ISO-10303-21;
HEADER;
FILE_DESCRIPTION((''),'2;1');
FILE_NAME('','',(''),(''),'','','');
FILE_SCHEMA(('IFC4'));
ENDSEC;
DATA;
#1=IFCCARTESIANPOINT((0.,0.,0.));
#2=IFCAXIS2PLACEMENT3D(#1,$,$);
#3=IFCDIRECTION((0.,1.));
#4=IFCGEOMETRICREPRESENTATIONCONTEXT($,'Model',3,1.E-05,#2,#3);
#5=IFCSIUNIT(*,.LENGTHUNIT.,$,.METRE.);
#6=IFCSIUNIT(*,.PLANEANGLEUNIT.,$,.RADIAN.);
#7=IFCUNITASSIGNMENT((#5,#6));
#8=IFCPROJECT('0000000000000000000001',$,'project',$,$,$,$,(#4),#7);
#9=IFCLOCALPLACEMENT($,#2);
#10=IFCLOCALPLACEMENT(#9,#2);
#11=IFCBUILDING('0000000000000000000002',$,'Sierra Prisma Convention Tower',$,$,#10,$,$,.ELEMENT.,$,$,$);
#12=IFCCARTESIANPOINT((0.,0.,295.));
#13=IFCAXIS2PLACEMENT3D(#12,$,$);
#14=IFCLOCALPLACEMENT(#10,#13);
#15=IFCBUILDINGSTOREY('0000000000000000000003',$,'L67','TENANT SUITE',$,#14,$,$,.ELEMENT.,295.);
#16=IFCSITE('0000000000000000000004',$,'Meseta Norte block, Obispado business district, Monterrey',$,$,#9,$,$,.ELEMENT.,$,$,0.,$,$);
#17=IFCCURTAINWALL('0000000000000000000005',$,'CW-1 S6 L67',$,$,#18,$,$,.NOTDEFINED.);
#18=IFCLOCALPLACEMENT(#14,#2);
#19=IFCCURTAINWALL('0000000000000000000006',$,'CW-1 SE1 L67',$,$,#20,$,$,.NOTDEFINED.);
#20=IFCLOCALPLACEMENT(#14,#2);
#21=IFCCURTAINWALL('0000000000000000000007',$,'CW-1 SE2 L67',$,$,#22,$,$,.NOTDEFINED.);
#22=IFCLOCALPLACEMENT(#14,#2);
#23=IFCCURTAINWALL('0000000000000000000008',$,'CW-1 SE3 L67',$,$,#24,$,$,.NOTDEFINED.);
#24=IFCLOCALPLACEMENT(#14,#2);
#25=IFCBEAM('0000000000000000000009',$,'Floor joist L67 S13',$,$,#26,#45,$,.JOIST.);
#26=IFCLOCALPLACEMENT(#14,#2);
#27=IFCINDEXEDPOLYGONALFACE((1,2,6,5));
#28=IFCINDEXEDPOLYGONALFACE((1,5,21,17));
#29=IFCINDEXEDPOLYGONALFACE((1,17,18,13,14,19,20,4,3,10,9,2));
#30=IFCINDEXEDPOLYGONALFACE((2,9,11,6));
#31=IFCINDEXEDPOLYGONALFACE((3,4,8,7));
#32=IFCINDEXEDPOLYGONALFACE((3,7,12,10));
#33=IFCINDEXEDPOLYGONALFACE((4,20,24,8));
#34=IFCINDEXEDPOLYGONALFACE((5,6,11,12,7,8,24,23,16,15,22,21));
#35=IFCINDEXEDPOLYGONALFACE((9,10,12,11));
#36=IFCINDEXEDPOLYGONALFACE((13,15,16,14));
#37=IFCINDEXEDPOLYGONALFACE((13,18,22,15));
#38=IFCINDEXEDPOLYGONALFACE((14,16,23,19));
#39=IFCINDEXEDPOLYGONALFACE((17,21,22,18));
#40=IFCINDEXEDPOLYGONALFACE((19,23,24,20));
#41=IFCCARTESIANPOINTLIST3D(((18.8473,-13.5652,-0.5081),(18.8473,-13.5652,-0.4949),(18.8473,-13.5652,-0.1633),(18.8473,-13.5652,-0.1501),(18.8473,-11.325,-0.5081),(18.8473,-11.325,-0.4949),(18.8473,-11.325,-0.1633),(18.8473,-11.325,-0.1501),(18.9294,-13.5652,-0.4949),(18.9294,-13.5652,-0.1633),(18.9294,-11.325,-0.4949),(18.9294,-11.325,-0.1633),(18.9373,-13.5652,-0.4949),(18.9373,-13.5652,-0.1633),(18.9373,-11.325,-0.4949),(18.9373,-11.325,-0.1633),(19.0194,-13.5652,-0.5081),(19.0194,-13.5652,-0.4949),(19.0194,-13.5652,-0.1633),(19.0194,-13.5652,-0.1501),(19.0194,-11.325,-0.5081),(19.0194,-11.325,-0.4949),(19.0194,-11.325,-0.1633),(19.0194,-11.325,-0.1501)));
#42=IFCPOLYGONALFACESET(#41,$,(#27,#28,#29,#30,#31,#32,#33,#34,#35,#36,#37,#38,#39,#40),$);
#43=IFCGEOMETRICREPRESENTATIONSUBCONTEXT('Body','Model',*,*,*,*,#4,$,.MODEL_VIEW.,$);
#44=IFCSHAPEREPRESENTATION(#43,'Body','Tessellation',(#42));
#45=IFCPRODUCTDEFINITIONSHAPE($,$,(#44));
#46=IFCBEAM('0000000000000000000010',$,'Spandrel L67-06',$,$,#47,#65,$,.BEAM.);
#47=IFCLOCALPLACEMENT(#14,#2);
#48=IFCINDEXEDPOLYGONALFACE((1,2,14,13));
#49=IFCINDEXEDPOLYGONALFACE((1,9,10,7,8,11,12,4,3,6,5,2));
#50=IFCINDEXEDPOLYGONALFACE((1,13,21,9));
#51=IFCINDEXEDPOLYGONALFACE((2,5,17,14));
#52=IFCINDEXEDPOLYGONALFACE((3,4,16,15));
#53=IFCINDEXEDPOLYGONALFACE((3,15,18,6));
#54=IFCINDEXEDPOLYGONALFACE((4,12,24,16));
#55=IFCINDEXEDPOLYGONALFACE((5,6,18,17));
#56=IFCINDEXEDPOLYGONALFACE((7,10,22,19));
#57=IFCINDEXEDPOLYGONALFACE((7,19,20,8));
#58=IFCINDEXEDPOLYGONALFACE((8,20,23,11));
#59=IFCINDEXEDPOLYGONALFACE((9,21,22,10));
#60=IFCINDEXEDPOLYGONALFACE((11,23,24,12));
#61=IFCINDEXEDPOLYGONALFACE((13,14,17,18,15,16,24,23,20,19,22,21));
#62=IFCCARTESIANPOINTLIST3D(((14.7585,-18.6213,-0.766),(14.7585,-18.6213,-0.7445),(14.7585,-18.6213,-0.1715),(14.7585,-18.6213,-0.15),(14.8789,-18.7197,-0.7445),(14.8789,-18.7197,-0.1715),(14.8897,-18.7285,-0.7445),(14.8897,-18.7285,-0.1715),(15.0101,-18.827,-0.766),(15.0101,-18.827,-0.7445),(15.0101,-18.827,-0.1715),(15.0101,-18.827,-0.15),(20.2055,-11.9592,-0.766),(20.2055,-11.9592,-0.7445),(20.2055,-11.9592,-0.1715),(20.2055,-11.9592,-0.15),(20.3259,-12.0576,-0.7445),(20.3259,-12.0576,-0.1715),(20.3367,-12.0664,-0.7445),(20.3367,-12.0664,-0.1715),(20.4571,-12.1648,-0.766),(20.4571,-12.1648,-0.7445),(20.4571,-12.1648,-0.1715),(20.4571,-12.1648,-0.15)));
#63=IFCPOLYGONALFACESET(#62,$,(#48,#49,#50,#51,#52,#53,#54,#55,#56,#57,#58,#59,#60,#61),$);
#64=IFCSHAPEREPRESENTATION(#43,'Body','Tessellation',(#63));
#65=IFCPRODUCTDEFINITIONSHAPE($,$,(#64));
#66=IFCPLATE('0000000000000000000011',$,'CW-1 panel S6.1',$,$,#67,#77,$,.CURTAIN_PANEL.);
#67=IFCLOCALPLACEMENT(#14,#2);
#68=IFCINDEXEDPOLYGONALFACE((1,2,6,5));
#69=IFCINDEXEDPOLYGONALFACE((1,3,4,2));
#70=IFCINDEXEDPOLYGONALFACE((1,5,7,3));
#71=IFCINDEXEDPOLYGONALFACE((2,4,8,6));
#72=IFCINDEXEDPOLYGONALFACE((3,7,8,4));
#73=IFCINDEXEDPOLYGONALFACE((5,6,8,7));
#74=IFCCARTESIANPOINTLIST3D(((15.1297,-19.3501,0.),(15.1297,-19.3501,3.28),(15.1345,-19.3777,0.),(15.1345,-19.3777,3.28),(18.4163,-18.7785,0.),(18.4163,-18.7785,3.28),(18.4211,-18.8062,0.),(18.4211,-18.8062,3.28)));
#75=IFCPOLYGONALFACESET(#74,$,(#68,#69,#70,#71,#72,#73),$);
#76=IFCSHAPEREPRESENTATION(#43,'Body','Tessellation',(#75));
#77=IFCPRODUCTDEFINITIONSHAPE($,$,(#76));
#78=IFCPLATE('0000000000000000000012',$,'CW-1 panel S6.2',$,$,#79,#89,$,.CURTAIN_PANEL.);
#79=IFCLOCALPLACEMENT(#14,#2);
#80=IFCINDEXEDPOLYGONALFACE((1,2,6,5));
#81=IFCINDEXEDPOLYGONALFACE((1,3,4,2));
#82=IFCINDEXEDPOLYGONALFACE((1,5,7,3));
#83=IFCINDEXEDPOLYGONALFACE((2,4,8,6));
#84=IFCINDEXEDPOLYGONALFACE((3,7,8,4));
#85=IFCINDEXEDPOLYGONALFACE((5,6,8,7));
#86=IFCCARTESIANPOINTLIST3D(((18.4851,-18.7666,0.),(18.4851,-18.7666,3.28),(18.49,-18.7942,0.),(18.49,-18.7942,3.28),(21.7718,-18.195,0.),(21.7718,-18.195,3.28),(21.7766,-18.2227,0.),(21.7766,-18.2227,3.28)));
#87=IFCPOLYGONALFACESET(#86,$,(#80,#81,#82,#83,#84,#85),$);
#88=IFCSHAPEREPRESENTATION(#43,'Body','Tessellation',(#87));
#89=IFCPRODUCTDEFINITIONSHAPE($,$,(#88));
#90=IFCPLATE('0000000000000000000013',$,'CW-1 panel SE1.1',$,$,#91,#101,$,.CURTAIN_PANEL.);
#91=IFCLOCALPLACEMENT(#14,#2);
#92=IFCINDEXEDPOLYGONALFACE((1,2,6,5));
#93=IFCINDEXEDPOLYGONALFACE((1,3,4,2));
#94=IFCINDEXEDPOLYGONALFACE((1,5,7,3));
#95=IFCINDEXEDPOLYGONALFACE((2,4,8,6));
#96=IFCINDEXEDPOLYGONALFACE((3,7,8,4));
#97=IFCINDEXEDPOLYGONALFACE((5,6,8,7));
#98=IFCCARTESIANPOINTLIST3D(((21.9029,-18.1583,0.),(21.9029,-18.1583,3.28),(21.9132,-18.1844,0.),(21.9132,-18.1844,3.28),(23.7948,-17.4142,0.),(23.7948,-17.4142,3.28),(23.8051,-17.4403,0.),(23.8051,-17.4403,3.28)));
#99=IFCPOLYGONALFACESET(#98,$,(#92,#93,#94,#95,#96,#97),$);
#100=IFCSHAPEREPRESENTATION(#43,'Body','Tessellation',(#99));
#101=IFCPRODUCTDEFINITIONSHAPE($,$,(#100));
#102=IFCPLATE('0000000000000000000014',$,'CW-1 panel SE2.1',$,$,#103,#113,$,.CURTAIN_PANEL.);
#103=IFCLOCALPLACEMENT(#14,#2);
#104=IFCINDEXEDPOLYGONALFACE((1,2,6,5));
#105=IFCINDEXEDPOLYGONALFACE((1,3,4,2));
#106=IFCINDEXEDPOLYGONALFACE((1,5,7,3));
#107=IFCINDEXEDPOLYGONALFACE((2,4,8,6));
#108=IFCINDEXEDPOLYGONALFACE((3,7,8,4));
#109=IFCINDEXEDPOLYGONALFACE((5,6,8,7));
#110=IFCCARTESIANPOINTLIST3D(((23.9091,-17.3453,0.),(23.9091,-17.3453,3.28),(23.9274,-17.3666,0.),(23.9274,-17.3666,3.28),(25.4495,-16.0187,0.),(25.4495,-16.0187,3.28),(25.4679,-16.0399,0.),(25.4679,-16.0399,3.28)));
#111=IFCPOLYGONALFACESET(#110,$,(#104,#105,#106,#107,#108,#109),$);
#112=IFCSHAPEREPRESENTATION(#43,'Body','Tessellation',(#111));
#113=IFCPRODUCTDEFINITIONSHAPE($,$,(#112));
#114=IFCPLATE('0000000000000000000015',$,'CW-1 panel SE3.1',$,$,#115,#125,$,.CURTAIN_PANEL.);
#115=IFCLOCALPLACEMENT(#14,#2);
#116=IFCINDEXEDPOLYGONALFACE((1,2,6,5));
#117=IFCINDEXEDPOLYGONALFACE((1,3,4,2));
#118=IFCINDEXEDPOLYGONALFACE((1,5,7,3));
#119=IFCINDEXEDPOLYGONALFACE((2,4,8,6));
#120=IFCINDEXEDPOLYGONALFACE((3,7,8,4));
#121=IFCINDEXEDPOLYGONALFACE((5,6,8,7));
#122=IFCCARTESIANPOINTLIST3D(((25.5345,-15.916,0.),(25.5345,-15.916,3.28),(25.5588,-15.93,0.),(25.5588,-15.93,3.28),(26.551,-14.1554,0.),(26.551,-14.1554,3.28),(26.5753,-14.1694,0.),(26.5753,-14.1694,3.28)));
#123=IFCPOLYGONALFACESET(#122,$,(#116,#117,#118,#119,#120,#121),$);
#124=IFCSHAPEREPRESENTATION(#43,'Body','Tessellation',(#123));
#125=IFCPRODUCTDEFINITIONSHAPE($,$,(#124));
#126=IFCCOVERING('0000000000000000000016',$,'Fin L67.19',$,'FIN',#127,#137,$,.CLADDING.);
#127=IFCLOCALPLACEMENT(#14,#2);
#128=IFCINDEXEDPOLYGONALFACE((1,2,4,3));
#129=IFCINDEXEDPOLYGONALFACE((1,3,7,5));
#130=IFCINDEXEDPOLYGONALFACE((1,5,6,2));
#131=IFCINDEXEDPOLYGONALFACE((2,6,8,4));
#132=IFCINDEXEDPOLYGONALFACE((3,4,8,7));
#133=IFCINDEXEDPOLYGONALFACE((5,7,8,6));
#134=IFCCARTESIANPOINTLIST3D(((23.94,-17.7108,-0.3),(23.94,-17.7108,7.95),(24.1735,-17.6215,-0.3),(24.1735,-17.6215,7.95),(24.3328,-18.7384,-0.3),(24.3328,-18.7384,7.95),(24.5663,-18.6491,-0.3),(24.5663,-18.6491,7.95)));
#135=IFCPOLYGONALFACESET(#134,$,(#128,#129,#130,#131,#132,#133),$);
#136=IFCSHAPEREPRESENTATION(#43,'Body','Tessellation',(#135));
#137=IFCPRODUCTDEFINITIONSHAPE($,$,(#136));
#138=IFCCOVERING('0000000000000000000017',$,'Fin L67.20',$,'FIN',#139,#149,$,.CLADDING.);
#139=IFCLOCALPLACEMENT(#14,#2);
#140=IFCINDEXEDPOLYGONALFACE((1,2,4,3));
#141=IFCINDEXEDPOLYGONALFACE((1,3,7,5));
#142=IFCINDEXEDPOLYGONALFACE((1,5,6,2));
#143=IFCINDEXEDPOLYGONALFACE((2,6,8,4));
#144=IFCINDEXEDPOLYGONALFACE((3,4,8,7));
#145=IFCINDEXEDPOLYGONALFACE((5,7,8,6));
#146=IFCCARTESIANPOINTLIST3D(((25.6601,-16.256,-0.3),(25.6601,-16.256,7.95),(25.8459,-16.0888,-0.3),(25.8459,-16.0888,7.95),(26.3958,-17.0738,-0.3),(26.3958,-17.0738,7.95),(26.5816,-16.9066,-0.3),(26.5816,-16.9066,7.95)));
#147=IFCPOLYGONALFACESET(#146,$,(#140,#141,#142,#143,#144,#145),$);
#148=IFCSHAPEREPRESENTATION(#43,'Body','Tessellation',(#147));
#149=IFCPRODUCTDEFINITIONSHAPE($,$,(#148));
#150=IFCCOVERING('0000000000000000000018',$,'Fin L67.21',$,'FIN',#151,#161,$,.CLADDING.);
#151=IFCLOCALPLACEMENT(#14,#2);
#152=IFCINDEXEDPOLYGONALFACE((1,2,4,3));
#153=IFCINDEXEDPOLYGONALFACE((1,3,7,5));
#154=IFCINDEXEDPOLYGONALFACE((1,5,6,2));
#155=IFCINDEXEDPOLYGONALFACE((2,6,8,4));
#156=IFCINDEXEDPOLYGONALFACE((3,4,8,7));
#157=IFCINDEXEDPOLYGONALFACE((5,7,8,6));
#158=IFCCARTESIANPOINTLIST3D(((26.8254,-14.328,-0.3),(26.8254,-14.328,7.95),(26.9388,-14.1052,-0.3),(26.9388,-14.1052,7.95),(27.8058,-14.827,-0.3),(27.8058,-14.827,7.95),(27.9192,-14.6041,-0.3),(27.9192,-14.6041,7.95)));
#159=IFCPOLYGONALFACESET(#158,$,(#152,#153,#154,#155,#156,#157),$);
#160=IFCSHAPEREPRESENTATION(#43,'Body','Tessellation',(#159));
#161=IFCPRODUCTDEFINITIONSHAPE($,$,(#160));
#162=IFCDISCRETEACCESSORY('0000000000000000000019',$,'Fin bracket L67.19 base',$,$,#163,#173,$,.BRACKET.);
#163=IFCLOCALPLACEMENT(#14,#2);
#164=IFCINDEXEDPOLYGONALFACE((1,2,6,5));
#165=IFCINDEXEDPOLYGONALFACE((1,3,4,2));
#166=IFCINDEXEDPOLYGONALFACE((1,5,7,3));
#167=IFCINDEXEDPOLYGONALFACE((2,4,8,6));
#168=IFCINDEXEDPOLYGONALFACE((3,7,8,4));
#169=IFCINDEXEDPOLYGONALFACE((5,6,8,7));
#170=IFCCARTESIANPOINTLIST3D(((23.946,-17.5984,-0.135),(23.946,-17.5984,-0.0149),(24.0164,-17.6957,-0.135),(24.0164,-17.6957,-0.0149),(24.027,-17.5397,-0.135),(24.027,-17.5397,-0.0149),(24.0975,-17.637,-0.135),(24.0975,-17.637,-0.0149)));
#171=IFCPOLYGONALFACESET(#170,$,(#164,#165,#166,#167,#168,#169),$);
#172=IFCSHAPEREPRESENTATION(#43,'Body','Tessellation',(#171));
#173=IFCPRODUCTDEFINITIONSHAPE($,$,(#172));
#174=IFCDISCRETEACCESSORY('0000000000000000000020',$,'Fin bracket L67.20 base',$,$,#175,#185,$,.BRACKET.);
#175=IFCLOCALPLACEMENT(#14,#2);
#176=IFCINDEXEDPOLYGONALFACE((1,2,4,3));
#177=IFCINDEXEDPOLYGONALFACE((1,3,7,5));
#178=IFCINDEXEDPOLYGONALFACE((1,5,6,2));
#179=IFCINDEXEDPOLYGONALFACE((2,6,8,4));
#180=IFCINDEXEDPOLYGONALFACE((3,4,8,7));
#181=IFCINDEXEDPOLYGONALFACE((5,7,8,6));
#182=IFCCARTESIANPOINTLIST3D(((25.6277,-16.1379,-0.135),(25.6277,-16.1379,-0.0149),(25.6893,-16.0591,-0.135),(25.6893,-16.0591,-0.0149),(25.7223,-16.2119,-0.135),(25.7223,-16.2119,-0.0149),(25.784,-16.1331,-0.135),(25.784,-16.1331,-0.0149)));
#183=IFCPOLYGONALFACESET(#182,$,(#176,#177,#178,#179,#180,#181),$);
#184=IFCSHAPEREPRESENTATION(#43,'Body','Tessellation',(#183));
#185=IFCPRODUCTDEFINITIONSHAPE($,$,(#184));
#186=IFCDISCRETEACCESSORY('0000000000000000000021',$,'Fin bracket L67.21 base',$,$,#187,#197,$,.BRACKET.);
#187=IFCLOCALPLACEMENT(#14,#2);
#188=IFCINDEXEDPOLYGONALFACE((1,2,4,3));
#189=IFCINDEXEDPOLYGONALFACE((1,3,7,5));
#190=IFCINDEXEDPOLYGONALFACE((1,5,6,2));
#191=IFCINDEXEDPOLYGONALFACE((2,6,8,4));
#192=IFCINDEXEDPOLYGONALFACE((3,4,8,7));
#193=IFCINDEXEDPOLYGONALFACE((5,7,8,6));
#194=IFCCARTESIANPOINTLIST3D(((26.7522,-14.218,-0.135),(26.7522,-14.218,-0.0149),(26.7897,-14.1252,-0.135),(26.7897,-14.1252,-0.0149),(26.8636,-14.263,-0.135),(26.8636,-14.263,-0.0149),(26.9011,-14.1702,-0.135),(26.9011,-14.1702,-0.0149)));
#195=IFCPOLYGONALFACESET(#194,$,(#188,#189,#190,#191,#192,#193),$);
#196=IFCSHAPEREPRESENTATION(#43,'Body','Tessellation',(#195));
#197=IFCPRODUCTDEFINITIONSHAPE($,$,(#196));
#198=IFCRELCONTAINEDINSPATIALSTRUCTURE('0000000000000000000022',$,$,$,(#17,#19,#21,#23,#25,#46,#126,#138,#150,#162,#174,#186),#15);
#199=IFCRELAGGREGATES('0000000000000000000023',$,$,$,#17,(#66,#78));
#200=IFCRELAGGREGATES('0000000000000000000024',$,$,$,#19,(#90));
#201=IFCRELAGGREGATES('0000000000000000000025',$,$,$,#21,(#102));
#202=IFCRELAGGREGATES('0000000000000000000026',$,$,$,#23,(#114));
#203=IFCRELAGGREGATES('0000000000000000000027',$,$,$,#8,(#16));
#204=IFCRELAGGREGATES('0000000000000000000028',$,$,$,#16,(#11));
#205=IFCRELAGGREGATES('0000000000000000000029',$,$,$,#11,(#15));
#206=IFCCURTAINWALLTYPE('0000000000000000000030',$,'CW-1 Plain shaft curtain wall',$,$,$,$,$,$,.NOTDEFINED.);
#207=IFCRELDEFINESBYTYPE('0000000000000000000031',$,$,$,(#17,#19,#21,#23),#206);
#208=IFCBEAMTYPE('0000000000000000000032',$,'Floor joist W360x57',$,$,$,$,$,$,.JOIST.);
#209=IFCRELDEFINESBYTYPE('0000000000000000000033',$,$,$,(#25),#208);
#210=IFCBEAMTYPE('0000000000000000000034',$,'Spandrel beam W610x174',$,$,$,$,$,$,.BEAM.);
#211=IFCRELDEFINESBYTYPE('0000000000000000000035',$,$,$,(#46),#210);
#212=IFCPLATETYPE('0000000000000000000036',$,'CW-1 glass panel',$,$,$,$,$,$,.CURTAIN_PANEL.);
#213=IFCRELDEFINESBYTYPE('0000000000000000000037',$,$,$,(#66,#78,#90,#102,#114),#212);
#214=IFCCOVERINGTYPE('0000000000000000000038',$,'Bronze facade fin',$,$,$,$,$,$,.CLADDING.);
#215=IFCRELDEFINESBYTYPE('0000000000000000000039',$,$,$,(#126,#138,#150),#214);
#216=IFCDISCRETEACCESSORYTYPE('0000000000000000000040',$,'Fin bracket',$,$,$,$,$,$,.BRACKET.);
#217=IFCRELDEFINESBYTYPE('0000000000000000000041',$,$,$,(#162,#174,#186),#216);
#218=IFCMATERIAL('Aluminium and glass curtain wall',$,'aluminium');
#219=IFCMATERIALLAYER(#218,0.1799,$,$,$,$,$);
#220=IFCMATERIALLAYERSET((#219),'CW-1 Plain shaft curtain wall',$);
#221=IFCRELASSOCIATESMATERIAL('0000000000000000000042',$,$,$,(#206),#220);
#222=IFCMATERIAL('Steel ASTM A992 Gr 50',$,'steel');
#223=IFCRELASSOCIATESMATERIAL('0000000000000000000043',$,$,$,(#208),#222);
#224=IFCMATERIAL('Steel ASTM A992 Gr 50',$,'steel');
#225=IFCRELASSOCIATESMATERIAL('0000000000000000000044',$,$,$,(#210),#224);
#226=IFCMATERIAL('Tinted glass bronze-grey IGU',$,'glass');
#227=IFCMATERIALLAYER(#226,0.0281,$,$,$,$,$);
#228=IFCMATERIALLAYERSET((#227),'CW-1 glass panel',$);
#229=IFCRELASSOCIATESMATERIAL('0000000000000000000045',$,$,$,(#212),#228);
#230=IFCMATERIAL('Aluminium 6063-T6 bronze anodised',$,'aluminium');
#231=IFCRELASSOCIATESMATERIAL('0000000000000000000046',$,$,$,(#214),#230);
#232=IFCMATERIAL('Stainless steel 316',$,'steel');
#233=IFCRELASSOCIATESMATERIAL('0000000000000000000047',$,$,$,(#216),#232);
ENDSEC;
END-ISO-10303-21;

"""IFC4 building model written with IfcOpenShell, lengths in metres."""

from ifc_helpers import new_model, si_unit, direction, frame, origin, origin_2d, place, context, subcontext, project, spatial, rectangle, i_section, extrude, material, layer, layer_set, material_profile, profile_set, type_object, element, aggregate, save


model = new_model("IFC4")

# Units and contexts
model_context = context("Model", 3, precision=1e-05, world=origin(), true_north=direction((0.0, 1.0)))
body_context = subcontext(model_context, "Body", "Model", "MODEL_VIEW")
ifc_project = project(units=[si_unit("LENGTHUNIT", "METRE"), si_unit("PLANEANGLEUNIT", "RADIAN")], contexts=[model_context])

# Site, building, storey
site_placement = place(None, origin())
site = spatial("IfcSite", under=ifc_project, at=site_placement, Name="Meseta Norte block, Obispado business district, Monterrey", CompositionType="ELEMENT", RefElevation=0.0)
building_placement = place(site_placement, origin())
building = spatial("IfcBuilding", under=site, at=building_placement, Name="Sierra Prisma Convention Tower", CompositionType="ELEMENT")
storey_placement = place(building_placement, frame((0.0, 0.0, 295.0)))
storey = spatial("IfcBuildingStorey", under=building, at=storey_placement, Name="L67", Description="TENANT SUITE", CompositionType="ELEMENT", Elevation=295.0)

# Curtain walls
ifc_material_1 = material(Name="Aluminium and glass curtain wall", Category="aluminium")
ifc_layer_1 = layer(ifc_material_1, 0.1799)
ifc_layer_set_1 = layer_set([ifc_layer_1], Name="CW-1 Plain shaft curtain wall")
curtain_wall_type = type_object("IfcCurtainWallType", Name="CW-1 Plain shaft curtain wall", PredefinedType="NOTDEFINED", material=ifc_layer_set_1)
curtain_wall_1_placement = place(storey_placement, origin())
curtain_wall_1 = element("IfcCurtainWall", 1, at=curtain_wall_1_placement, inside=storey, type_object=curtain_wall_type, Name="CW-1 S6 L67", PredefinedType="NOTDEFINED")
curtain_wall_2_placement = place(storey_placement, origin())
curtain_wall_2 = element("IfcCurtainWall", 2, at=curtain_wall_2_placement, inside=storey, type_object=curtain_wall_type, Name="CW-1 SE1 L67", PredefinedType="NOTDEFINED")
curtain_wall_3_placement = place(storey_placement, origin())
curtain_wall_3 = element("IfcCurtainWall", 3, at=curtain_wall_3_placement, inside=storey, type_object=curtain_wall_type, Name="CW-1 SE2 L67", PredefinedType="NOTDEFINED")
curtain_wall_4_placement = place(storey_placement, origin())
curtain_wall_4 = element("IfcCurtainWall", 4, at=curtain_wall_4_placement, inside=storey, type_object=curtain_wall_type, Name="CW-1 SE3 L67", PredefinedType="NOTDEFINED")

# Beams
ifc_material_2 = material(Name="Steel ASTM A992 Gr 50", Category="steel")
ifc_material_profile_1 = material_profile(ifc_material_2, i_section(OverallWidth=0.1721, OverallDepth=0.3579, WebThickness=0.0078, FlangeThickness=0.0132, at=origin_2d()), Name="W360x57")
ifc_profile_set_1 = profile_set([ifc_material_profile_1], Name="Steel ASTM A992 Gr 50")
beam_type_1 = type_object("IfcBeamType", Name="Floor joist W360x57", PredefinedType="JOIST", material=ifc_profile_set_1)
beam_1_placement = place(storey_placement, frame((18.9333, -13.5652, -0.3291), z_axis=(0.0, 1.0, 0.0), x_axis=(-1.0, 0.0, 0.0)))
element("IfcBeam", 5, at=beam_1_placement, inside=storey, type_object=beam_type_1, Name="Floor joist L67 S13", PredefinedType="JOIST", context=body_context, shape_type="SweptSolid", body=[
    extrude(i_section(OverallWidth=0.1721, OverallDepth=0.3579, WebThickness=0.0078, FlangeThickness=0.0132, at=origin_2d()), origin(), (0.0, 0.0, 1.0), 2.2402),
])
ifc_material_3 = material(Name="Steel ASTM A992 Gr 50", Category="steel")
ifc_material_profile_2 = material_profile(ifc_material_3, i_section(OverallWidth=0.325, OverallDepth=0.616, WebThickness=0.0139, FlangeThickness=0.0215, at=origin_2d()), Name="W610x174")
ifc_profile_set_2 = profile_set([ifc_material_profile_2], Name="Steel ASTM A992 Gr 50")
beam_type_2 = type_object("IfcBeamType", Name="Spandrel beam W610x174", PredefinedType="BEAM", material=ifc_profile_set_2)
beam_2_placement = place(storey_placement, frame((14.8843, -18.7241, -0.458), z_axis=(0.632974, 0.774173, 0.0), x_axis=(-0.774173, 0.632974, 0.0)))
element("IfcBeam", 6, at=beam_2_placement, inside=storey, type_object=beam_type_2, Name="Spandrel L67-06", PredefinedType="BEAM", context=body_context, shape_type="SweptSolid", body=[
    extrude(i_section(OverallWidth=0.325, OverallDepth=0.616, WebThickness=0.0139, FlangeThickness=0.0215, at=origin_2d()), origin(), (0.0, 0.0, 1.0), 8.6055),
])

# Plates
ifc_material_4 = material(Name="Tinted glass bronze-grey IGU", Category="glass")
ifc_layer_2 = layer(ifc_material_4, 0.0281)
ifc_layer_set_2 = layer_set([ifc_layer_2], Name="CW-1 glass panel")
plate_type = type_object("IfcPlateType", Name="CW-1 glass panel", PredefinedType="CURTAIN_PANEL", material=ifc_layer_set_2)
plate_1_placement = place(storey_placement, frame((16.7754, -19.0781, 0.0), z_axis=(0.0, 0.0, 1.0), x_axis=(0.985214, 0.171326, 0.0)))
plate_1 = element("IfcPlate", 7, at=plate_1_placement, type_object=plate_type, Name="CW-1 panel S6.1", PredefinedType="CURTAIN_PANEL", context=body_context, shape_type="SweptSolid", body=[
    extrude(rectangle(XDim=3.3359, YDim=0.0281, at=origin_2d()), origin(), (0.0, 0.0, 1.0), 3.28),
])
plate_2_placement = place(storey_placement, frame((20.1309, -18.4946, 0.0), z_axis=(0.0, 0.0, 1.0), x_axis=(0.985214, 0.171326, 0.0)))
plate_2 = element("IfcPlate", 8, at=plate_2_placement, type_object=plate_type, Name="CW-1 panel S6.2", PredefinedType="CURTAIN_PANEL", context=body_context, shape_type="SweptSolid", body=[
    extrude(rectangle(XDim=3.3359, YDim=0.0281, at=origin_2d()), origin(), (0.0, 0.0, 1.0), 3.28),
])
aggregate(curtain_wall_1, [plate_1, plate_2])
plate_3_placement = place(storey_placement, frame((22.854, -17.7993, 0.0), z_axis=(0.0, 0.0, 1.0), x_axis=(0.930607, 0.366019, 0.0)))
plate_3 = element("IfcPlate", 9, at=plate_3_placement, type_object=plate_type, Name="CW-1 panel SE1.1", PredefinedType="CURTAIN_PANEL", context=body_context, shape_type="SweptSolid", body=[
    extrude(rectangle(XDim=2.033, YDim=0.0281, at=origin_2d()), origin(), (0.0, 0.0, 1.0), 3.28),
])
aggregate(curtain_wall_2, [plate_3])
plate_4_placement = place(storey_placement, frame((24.6885, -16.6926, 0.0), z_axis=(0.0, 0.0, 1.0), x_axis=(0.757734, 0.652564, 0.0)))
plate_4 = element("IfcPlate", 10, at=plate_4_placement, type_object=plate_type, Name="CW-1 panel SE2.1", PredefinedType="CURTAIN_PANEL", context=body_context, shape_type="SweptSolid", body=[
    extrude(rectangle(XDim=2.033, YDim=0.0281, at=origin_2d()), origin(), (0.0, 0.0, 1.0), 3.28),
])
aggregate(curtain_wall_3, [plate_4])
plate_5_placement = place(storey_placement, frame((26.0549, -15.0427, 0.0), z_axis=(0.0, 0.0, 1.0), x_axis=(0.5, 0.866025, 0.0)))
plate_5 = element("IfcPlate", 11, at=plate_5_placement, type_object=plate_type, Name="CW-1 panel SE3.1", PredefinedType="CURTAIN_PANEL", context=body_context, shape_type="SweptSolid", body=[
    extrude(rectangle(XDim=2.033, YDim=0.0281, at=origin_2d()), origin(), (0.0, 0.0, 1.0), 3.28),
])
aggregate(curtain_wall_4, [plate_5])

# Coverings
ifc_material_5 = material(Name="Aluminium 6063-T6 bronze anodised", Category="aluminium")
ifc_material_profile_3 = material_profile(ifc_material_5, rectangle(XDim=1.1001, YDim=0.25, at=origin_2d()), Name="ALU FIN 1100x250")
ifc_profile_set_3 = profile_set([ifc_material_profile_3], Name="Aluminium 6063-T6 bronze anodised")
covering_type = type_object("IfcCoveringType", Name="Bronze facade fin", PredefinedType="CLADDING", material=ifc_profile_set_3)
for number, where, z_axis, x_axis, name in (
    (12, (24.2532, -18.1799, -0.3), (0.0, 0.0, 1.0), (0.357047, -0.934086, 0.0), "Fin L67.19"),
    (13, (26.1208, -16.5813, -0.3), (0.0, 0.0, 1.0), (0.66878, -0.74346, 0.0), "Fin L67.20"),
    (14, (27.3723, -14.4661, -0.3), (0.0, 0.0, 1.0), (0.89122, -0.45357, 0.0), "Fin L67.21"),
):
    element("IfcCovering", number, at=place(storey_placement, frame(where, z_axis=z_axis, x_axis=x_axis)), inside=storey, type_object=covering_type, Name=name, ObjectType="FIN", PredefinedType="CLADDING", context=body_context, shape_type="SweptSolid", body=[
        extrude(rectangle(XDim=1.1001, YDim=0.25, at=origin_2d()), origin(), (0.0, 0.0, 1.0), 8.25),
    ])

# Discrete accessories
ifc_material_6 = material(Name="Stainless steel 316", Category="steel")
discrete_accessory_type = type_object("IfcDiscreteAccessoryType", Name="Fin bracket", PredefinedType="BRACKET", material=ifc_material_6)
for number, where, z_axis, x_axis, name in (
    (15, (24.0217, -17.6177, -0.135), (0.0, 0.0, 1.0), (0.58664, -0.809848, 0.0), "Fin bracket L67.19 base"),
    (16, (25.7058, -16.1355, -0.135), (0.0, 0.0, 1.0), (0.78772, -0.616033, 0.0), "Fin bracket L67.20 base"),
    (17, (26.8267, -14.1941, -0.135), (0.0, 0.0, 1.0), (0.92736, -0.374169, 0.0), "Fin bracket L67.21 base"),
):
    element("IfcDiscreteAccessory", number, at=place(storey_placement, frame(where, z_axis=z_axis, x_axis=x_axis)), inside=storey, type_object=discrete_accessory_type, Name=name, PredefinedType="BRACKET", context=body_context, shape_type="SweptSolid", body=[
        extrude(rectangle(XDim=0.1201, YDim=0.1001, at=origin_2d()), origin(), (0.0, 0.0, 1.0), 0.1201),
    ])

save(model, "model.ifc")
